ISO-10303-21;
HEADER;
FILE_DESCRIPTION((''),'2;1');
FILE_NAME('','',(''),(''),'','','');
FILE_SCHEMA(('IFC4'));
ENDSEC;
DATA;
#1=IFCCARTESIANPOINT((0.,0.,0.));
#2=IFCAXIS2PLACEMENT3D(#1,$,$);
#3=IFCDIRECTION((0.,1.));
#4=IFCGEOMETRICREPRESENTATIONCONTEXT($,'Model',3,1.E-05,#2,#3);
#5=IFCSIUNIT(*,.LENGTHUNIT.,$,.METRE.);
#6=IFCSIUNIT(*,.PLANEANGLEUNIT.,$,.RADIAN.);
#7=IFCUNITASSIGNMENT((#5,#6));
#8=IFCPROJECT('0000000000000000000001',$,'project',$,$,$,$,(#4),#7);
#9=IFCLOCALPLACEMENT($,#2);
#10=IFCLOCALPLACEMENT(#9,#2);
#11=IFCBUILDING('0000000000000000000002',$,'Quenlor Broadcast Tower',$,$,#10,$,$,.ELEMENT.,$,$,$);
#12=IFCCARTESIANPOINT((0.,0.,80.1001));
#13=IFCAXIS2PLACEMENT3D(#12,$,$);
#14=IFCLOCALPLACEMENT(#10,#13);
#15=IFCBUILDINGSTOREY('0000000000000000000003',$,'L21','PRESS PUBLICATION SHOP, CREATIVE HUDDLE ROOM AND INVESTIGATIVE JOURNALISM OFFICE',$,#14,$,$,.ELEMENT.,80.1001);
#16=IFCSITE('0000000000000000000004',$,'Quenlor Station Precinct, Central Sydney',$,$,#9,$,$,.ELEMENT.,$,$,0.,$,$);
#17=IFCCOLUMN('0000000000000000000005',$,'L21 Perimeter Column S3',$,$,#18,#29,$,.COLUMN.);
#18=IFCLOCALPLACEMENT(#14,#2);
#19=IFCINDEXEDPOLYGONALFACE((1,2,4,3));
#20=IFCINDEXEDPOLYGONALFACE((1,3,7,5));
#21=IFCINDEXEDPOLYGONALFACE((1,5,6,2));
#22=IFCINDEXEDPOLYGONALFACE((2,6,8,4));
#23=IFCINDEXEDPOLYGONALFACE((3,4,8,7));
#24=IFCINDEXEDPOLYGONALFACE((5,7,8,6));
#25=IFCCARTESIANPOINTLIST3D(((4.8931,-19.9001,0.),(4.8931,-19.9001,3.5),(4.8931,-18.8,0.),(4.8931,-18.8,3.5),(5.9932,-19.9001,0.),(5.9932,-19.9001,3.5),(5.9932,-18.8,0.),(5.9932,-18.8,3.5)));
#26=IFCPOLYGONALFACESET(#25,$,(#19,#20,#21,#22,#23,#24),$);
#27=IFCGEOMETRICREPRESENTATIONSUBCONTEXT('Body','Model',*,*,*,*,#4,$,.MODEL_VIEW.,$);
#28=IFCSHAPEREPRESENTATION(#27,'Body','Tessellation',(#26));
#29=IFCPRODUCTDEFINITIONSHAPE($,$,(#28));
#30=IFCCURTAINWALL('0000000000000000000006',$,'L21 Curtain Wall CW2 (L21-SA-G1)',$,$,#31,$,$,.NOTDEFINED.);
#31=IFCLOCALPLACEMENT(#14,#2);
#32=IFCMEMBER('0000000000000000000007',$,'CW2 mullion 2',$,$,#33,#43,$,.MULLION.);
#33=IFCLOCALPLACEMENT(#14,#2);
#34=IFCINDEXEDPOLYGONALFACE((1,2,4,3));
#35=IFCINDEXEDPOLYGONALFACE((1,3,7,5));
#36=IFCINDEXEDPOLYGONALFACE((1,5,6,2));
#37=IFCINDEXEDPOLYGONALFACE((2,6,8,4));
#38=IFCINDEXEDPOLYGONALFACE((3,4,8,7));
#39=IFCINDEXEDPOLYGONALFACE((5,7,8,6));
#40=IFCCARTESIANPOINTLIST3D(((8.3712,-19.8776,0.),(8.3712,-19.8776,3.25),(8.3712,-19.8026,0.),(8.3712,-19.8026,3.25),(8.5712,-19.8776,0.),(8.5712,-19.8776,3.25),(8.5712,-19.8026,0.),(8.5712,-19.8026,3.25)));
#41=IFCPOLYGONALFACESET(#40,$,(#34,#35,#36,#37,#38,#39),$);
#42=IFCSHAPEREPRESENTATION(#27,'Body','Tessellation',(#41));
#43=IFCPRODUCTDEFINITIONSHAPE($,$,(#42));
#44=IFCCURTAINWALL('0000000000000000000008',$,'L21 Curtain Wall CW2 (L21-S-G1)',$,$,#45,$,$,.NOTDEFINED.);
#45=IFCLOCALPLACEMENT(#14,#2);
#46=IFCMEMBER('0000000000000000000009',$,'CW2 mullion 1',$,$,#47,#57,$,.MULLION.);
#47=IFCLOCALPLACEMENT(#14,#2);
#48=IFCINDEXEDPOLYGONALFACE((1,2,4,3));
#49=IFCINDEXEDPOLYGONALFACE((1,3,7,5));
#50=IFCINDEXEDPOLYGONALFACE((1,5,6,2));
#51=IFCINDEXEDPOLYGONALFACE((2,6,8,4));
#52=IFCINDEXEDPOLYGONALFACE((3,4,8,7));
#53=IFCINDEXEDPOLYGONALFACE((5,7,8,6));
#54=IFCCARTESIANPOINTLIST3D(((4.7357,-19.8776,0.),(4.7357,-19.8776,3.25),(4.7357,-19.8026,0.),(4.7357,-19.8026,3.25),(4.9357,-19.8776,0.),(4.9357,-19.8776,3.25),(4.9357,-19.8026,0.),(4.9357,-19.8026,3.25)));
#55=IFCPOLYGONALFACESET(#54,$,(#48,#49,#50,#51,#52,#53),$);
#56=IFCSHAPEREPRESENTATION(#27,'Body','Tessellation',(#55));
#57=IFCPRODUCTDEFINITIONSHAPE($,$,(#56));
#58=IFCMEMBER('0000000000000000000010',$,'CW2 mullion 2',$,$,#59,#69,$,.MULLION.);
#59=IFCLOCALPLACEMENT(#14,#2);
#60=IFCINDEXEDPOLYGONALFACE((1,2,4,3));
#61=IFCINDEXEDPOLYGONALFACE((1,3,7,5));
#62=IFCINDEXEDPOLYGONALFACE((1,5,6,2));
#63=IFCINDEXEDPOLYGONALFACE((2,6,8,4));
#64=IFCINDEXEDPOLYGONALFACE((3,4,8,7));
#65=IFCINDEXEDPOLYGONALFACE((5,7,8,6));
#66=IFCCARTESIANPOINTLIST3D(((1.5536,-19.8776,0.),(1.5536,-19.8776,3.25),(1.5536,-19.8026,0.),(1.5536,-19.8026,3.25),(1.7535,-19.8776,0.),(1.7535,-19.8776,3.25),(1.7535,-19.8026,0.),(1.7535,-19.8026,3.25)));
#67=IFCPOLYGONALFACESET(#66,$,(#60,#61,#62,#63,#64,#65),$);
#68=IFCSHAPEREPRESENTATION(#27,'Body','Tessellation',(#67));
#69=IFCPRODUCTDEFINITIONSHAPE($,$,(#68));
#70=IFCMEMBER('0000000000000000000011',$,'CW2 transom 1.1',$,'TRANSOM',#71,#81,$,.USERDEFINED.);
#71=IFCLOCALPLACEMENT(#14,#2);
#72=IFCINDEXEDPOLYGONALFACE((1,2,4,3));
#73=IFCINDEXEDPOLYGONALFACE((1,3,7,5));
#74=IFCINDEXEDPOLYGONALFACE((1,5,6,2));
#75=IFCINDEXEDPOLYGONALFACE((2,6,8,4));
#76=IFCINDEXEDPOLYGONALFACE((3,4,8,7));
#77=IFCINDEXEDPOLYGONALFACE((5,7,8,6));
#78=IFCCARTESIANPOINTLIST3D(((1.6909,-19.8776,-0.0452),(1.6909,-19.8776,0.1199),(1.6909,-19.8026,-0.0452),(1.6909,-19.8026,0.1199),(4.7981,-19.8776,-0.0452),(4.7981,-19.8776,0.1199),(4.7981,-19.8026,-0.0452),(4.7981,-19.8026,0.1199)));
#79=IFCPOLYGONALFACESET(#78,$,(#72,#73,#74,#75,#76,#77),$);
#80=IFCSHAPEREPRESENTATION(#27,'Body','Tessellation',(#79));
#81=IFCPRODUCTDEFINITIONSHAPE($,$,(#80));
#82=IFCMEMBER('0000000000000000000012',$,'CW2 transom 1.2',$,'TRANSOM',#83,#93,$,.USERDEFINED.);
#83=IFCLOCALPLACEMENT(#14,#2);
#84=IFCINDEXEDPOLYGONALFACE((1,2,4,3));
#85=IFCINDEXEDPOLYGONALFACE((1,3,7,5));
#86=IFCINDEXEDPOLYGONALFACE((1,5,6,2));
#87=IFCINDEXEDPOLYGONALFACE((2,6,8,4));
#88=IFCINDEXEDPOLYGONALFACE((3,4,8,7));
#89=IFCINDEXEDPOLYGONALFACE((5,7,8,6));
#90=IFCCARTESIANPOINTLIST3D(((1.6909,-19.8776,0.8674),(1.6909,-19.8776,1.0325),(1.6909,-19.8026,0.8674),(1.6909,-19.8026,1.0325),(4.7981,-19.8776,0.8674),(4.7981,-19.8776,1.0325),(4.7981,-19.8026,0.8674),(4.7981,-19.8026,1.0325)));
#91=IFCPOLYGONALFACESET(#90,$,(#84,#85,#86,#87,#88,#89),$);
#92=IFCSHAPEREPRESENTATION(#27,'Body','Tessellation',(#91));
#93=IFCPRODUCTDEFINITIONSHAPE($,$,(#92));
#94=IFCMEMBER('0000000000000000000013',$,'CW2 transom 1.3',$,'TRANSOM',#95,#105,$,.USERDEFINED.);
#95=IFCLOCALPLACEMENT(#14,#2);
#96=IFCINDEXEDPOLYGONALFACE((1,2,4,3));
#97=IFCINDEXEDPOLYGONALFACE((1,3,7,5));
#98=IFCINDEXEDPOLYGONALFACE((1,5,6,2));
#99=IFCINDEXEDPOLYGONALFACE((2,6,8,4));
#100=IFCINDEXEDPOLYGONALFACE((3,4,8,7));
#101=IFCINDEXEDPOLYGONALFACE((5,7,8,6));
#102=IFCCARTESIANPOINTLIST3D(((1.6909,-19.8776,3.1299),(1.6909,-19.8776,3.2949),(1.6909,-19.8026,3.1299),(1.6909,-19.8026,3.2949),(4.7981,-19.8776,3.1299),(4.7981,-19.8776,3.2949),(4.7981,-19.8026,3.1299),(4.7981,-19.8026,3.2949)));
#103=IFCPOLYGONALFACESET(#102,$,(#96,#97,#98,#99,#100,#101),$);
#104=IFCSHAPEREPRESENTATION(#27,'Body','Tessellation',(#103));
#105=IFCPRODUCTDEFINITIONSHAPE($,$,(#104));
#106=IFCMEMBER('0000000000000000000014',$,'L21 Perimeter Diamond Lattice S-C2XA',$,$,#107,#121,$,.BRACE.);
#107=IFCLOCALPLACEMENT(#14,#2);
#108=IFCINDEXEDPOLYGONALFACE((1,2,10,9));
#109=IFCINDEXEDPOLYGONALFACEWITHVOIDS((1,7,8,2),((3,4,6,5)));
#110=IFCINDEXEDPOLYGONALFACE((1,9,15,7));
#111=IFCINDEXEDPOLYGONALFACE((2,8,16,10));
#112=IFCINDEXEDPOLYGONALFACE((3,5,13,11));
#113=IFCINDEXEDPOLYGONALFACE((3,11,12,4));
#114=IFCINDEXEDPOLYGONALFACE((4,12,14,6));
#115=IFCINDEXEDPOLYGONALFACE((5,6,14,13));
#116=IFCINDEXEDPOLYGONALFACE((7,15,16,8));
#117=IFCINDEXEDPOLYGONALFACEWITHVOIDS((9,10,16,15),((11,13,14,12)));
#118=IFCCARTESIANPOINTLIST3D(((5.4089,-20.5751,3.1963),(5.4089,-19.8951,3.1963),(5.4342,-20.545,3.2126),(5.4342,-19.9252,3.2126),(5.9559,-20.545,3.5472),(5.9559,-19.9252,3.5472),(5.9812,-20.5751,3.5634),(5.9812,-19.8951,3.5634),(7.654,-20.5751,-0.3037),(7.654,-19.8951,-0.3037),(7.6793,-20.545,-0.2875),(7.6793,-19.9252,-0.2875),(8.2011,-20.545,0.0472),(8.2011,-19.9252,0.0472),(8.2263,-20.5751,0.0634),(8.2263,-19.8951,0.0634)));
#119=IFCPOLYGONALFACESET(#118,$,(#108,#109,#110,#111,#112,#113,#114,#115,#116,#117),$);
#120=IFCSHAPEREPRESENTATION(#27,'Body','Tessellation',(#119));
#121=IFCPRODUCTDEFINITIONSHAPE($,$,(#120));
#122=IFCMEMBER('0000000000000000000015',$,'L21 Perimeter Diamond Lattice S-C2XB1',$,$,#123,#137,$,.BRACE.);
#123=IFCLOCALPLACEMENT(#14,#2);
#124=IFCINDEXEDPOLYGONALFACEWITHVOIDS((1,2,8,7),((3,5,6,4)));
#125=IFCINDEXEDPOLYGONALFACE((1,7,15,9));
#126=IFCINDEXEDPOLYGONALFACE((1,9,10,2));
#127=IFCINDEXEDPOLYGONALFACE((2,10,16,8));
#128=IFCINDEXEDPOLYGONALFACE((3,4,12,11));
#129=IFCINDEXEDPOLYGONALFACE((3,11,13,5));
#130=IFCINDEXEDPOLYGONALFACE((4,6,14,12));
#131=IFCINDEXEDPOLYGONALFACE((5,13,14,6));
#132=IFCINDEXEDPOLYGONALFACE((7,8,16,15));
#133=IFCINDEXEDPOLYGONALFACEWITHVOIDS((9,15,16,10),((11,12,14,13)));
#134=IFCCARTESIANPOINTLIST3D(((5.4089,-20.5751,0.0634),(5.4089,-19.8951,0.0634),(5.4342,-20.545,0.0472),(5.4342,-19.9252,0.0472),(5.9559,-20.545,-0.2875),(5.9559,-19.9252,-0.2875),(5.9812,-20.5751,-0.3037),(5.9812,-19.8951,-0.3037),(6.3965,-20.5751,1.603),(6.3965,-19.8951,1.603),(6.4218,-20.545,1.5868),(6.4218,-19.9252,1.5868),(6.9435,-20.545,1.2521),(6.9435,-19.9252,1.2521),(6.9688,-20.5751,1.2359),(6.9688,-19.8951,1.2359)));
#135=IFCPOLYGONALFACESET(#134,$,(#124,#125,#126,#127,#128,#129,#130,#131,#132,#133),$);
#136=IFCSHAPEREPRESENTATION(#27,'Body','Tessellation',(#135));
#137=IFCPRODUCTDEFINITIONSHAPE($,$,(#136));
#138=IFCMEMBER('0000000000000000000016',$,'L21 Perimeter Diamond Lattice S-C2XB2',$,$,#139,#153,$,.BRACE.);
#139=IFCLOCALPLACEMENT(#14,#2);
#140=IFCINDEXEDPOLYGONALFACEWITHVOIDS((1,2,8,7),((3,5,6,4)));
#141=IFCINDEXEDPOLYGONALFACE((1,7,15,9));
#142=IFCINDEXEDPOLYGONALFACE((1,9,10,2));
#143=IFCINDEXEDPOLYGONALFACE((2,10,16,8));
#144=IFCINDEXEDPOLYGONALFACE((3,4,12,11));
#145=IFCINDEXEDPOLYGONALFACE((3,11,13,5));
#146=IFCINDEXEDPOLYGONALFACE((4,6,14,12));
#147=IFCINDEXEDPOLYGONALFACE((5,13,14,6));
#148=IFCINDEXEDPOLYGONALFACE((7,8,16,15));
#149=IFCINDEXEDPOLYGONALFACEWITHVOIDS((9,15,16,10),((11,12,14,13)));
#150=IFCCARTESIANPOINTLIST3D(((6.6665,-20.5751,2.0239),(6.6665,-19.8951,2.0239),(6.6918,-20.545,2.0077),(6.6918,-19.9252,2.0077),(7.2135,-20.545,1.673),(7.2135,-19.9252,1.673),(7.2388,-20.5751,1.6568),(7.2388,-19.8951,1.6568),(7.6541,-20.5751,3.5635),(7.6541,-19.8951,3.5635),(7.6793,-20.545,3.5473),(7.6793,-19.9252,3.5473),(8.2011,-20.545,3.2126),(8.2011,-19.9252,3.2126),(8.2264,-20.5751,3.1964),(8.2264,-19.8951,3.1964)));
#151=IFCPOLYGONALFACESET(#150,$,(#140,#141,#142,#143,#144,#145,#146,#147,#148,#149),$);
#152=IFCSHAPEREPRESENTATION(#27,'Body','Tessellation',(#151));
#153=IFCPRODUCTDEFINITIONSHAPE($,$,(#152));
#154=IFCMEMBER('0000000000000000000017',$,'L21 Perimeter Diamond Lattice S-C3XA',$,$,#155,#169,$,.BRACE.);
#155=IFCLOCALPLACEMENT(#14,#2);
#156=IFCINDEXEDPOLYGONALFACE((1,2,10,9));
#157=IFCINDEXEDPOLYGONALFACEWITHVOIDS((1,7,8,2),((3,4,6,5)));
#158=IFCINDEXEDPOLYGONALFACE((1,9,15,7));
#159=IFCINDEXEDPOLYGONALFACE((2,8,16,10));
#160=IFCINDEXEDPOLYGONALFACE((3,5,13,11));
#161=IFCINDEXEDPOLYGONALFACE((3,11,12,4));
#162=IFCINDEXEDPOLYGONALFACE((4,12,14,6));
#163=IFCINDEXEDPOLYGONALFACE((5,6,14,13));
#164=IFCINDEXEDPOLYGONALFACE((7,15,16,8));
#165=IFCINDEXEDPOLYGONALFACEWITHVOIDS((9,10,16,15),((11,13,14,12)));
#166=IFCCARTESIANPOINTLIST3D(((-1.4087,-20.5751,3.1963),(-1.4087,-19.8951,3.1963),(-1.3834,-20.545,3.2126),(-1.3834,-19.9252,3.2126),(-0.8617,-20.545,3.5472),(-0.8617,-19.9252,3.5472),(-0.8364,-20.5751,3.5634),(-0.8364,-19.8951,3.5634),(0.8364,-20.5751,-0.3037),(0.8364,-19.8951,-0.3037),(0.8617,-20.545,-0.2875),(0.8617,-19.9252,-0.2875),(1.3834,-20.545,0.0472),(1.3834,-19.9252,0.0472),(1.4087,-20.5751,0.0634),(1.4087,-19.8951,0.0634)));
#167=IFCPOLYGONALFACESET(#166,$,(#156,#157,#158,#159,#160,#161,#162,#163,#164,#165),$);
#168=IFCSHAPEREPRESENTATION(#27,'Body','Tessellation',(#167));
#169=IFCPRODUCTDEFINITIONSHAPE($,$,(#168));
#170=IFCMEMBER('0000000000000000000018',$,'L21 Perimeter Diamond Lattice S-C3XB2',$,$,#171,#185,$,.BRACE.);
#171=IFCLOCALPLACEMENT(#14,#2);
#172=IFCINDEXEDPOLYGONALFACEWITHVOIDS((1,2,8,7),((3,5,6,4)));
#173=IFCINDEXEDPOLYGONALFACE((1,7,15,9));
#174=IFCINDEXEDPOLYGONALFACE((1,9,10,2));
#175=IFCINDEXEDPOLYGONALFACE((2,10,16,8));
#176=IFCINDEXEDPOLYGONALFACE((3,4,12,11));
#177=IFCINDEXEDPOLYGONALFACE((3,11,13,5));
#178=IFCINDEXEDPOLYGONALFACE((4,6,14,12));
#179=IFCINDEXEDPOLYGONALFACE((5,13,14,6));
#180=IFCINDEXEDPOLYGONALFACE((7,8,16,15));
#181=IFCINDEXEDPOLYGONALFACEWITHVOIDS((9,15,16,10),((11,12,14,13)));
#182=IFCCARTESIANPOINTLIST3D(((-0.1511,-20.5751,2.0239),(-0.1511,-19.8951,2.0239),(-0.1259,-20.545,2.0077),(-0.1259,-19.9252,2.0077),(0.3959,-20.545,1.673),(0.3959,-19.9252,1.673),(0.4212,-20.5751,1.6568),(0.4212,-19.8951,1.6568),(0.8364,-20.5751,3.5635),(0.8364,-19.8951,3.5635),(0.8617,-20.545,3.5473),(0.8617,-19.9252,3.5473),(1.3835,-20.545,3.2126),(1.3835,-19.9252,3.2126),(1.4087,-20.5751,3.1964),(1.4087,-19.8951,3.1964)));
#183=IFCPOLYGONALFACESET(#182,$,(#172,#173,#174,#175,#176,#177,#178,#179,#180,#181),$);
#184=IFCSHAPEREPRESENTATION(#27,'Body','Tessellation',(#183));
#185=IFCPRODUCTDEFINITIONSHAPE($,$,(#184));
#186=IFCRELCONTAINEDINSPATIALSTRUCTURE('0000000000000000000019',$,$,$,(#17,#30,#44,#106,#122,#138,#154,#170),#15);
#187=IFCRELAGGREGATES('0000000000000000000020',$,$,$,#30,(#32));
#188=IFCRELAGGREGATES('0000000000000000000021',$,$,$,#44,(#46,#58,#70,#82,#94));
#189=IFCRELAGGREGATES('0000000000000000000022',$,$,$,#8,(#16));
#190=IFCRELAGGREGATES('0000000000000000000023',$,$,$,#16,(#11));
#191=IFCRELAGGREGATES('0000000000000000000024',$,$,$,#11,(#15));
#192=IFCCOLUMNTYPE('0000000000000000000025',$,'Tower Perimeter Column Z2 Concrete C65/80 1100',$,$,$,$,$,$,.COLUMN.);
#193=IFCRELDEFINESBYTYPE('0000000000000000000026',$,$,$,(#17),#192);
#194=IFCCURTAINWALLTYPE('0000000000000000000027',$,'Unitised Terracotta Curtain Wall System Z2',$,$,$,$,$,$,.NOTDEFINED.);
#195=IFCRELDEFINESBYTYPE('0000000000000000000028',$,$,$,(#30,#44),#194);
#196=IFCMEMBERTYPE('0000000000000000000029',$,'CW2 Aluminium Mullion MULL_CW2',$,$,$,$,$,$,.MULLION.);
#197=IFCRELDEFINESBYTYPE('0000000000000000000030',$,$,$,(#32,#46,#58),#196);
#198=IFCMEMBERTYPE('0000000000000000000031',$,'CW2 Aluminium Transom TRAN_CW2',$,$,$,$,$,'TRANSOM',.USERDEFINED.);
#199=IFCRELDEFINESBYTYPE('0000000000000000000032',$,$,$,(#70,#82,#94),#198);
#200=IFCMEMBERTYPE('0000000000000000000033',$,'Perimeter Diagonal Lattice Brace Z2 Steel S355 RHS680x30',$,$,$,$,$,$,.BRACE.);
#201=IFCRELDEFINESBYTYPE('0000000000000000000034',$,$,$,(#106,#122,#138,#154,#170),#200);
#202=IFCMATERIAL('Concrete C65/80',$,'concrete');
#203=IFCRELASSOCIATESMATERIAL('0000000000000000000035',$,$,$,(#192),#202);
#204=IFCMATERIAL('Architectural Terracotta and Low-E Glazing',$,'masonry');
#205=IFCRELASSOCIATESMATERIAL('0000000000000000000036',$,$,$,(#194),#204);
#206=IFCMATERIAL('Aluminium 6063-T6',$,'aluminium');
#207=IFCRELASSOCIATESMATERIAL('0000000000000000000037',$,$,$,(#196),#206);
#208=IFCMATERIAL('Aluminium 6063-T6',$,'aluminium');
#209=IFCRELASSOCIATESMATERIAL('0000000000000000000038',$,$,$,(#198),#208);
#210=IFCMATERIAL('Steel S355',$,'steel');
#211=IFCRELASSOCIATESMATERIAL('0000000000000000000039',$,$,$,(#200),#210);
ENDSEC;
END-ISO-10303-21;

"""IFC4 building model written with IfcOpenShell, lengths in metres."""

from ifc_helpers import new_model, si_unit, direction, frame, origin, origin_2d, place, context, subcontext, project, spatial, rectangle, hollow_rectangle, extrude, material, material_profile, profile_set, type_object, element, aggregate, save


model = new_model("IFC4")

# Units and contexts
model_context = context("Model", 3, precision=1e-05, world=origin(), true_north=direction((0.0, 1.0)))
body_context = subcontext(model_context, "Body", "Model", "MODEL_VIEW")
ifc_project = project(units=[si_unit("LENGTHUNIT", "METRE"), si_unit("PLANEANGLEUNIT", "RADIAN")], contexts=[model_context])

# Site, building, storey
site_placement = place(None, origin())
site = spatial("IfcSite", under=ifc_project, at=site_placement, Name="Quenlor Station Precinct, Central Sydney", CompositionType="ELEMENT", RefElevation=0.0)
building_placement = place(site_placement, origin())
building = spatial("IfcBuilding", under=site, at=building_placement, Name="Quenlor Broadcast Tower", CompositionType="ELEMENT")
storey_placement = place(building_placement, frame((0.0, 0.0, 80.1001)))
storey = spatial("IfcBuildingStorey", under=building, at=storey_placement, Name="L21", Description="PRESS PUBLICATION SHOP, CREATIVE HUDDLE ROOM AND INVESTIGATIVE JOURNALISM OFFICE", CompositionType="ELEMENT", Elevation=80.1001)

# Column
ifc_material_1 = material(Name="Concrete C65/80", Category="concrete")
ifc_material_profile_1 = material_profile(ifc_material_1, rectangle(XDim=1.1001, YDim=1.1001, at=origin_2d()))
ifc_profile_set_1 = profile_set([ifc_material_profile_1], Name="Concrete C65/80 RC1100x1100")
column_type = type_object("IfcColumnType", Name="Tower Perimeter Column Z2 Concrete C65/80 1100", PredefinedType="COLUMN", material=ifc_profile_set_1)
column_placement = place(storey_placement, frame((5.4431, -19.3501, 0.0), z_axis=(0.0, 0.0, 1.0), x_axis=(0.0, 1.0, 0.0)))
element("IfcColumn", 1, at=column_placement, inside=storey, type_object=column_type, Name="L21 Perimeter Column S3", PredefinedType="COLUMN", context=body_context, shape_type="SweptSolid", body=[
    extrude(rectangle(XDim=1.1001, YDim=1.1001, at=origin_2d()), origin(), (0.0, 0.0, 1.0), 3.5),
])

# Curtain wall, member
ifc_material_2 = material(Name="Architectural Terracotta and Low-E Glazing", Category="masonry")
curtain_wall_type = type_object("IfcCurtainWallType", Name="Unitised Terracotta Curtain Wall System Z2", PredefinedType="NOTDEFINED", material=ifc_material_2)
curtain_wall_1_placement = place(storey_placement, origin())
curtain_wall_1 = element("IfcCurtainWall", 2, at=curtain_wall_1_placement, inside=storey, type_object=curtain_wall_type, Name="L21 Curtain Wall CW2 (L21-SA-G1)", PredefinedType="NOTDEFINED")
ifc_material_3 = material(Name="Aluminium 6063-T6", Category="aluminium")
ifc_material_profile_2 = material_profile(ifc_material_3, rectangle(XDim=0.075, YDim=0.2, at=origin_2d()))
ifc_profile_set_2 = profile_set([ifc_material_profile_2], Name="Aluminium 6063-T6 MULL75x200")
member_type_1 = type_object("IfcMemberType", Name="CW2 Aluminium Mullion MULL_CW2", PredefinedType="MULLION", material=ifc_profile_set_2)
member_1_placement = place(storey_placement, frame((8.4712, -19.8401, 0.0), z_axis=(0.0, 0.0, 1.0), x_axis=(0.0, -1.0, 0.0)))
member_1 = element("IfcMember", 3, at=member_1_placement, type_object=member_type_1, Name="CW2 mullion 2", PredefinedType="MULLION", context=body_context, shape_type="SweptSolid", body=[
    extrude(rectangle(XDim=0.075, YDim=0.2, at=origin_2d()), origin(), (0.0, 0.0, 1.0), 3.25),
])

# Curtain wall, members
curtain_wall_2_placement = place(storey_placement, origin())
curtain_wall_2 = element("IfcCurtainWall", 4, at=curtain_wall_2_placement, inside=storey, type_object=curtain_wall_type, Name="L21 Curtain Wall CW2 (L21-S-G1)", PredefinedType="NOTDEFINED")
member_2_placement = place(storey_placement, frame((4.8357, -19.8401, 0.0), z_axis=(0.0, 0.0, 1.0), x_axis=(0.0, -1.0, 0.0)))
member_2 = element("IfcMember", 5, at=member_2_placement, type_object=member_type_1, Name="CW2 mullion 1", PredefinedType="MULLION", context=body_context, shape_type="SweptSolid", body=[
    extrude(rectangle(XDim=0.075, YDim=0.2, at=origin_2d()), origin(), (0.0, 0.0, 1.0), 3.25),
])
member_3_placement = place(storey_placement, frame((1.6536, -19.8401, 0.0), z_axis=(0.0, 0.0, 1.0), x_axis=(0.0, -1.0, 0.0)))
member_3 = element("IfcMember", 6, at=member_3_placement, type_object=member_type_1, Name="CW2 mullion 2", PredefinedType="MULLION", context=body_context, shape_type="SweptSolid", body=[
    extrude(rectangle(XDim=0.075, YDim=0.2, at=origin_2d()), origin(), (0.0, 0.0, 1.0), 3.25),
])
ifc_material_4 = material(Name="Aluminium 6063-T6", Category="aluminium")
ifc_material_profile_3 = material_profile(ifc_material_4, rectangle(XDim=0.075, YDim=0.165, at=origin_2d()))
ifc_profile_set_3 = profile_set([ifc_material_profile_3], Name="Aluminium 6063-T6 TRAN75x165")
member_type_2 = type_object("IfcMemberType", Name="CW2 Aluminium Transom TRAN_CW2", ElementType="TRANSOM", PredefinedType="USERDEFINED", material=ifc_profile_set_3)
member_4_placement = place(storey_placement, frame((4.7981, -19.8401, 0.0374), z_axis=(-1.0, 0.0, 0.0), x_axis=(0.0, -1.0, 0.0)))
member_4 = element("IfcMember", 7, at=member_4_placement, type_object=member_type_2, Name="CW2 transom 1.1", ObjectType="TRANSOM", PredefinedType="USERDEFINED", context=body_context, shape_type="SweptSolid", body=[
    extrude(rectangle(XDim=0.075, YDim=0.165, at=origin_2d()), origin(), (0.0, 0.0, 1.0), 3.1072),
])
member_5_placement = place(storey_placement, frame((4.7981, -19.8401, 0.95), z_axis=(-1.0, 0.0, 0.0), x_axis=(0.0, -1.0, 0.0)))
member_5 = element("IfcMember", 8, at=member_5_placement, type_object=member_type_2, Name="CW2 transom 1.2", ObjectType="TRANSOM", PredefinedType="USERDEFINED", context=body_context, shape_type="SweptSolid", body=[
    extrude(rectangle(XDim=0.075, YDim=0.165, at=origin_2d()), origin(), (0.0, 0.0, 1.0), 3.1072),
])
member_6_placement = place(storey_placement, frame((4.7981, -19.8401, 3.2124), z_axis=(-1.0, 0.0, 0.0), x_axis=(0.0, -1.0, 0.0)))
member_6 = element("IfcMember", 9, at=member_6_placement, type_object=member_type_2, Name="CW2 transom 1.3", ObjectType="TRANSOM", PredefinedType="USERDEFINED", context=body_context, shape_type="SweptSolid", body=[
    extrude(rectangle(XDim=0.075, YDim=0.165, at=origin_2d()), origin(), (0.0, 0.0, 1.0), 3.1072),
])

# Members
ifc_material_5 = material(Name="Steel S355", Category="steel")
ifc_material_profile_4 = material_profile(ifc_material_5, hollow_rectangle(XDim=0.6799, YDim=0.6799, WallThickness=0.03, at=origin_2d()))
ifc_profile_set_4 = profile_set([ifc_material_profile_4], Name="Steel S355 RHS680x680x30")
member_type_3 = type_object("IfcMemberType", Name="Perimeter Diagonal Lattice Brace Z2 Steel S355 RHS680x30", PredefinedType="BRACE", material=ifc_profile_set_4)
member_7_placement = place(storey_placement, frame((7.9402, -20.2351, -0.1201), z_axis=(-0.539926, 0.0, 0.841712), x_axis=(0.0, -1.0, 0.0)))
element("IfcMember", 10, at=member_7_placement, inside=storey, type_object=member_type_3, Name="L21 Perimeter Diamond Lattice S-C2XA", PredefinedType="BRACE", context=body_context, shape_type="SweptSolid", body=[
    extrude(hollow_rectangle(XDim=0.6799, YDim=0.6799, WallThickness=0.03, at=origin_2d()), origin(), (0.0, 0.0, 1.0), 4.1582),
])
for number, where, z_axis, x_axis, name in (
    (11, (5.6951, -20.2351, -0.1201), (0.539921, 0.0, 0.841716), (0.0, 1.0, 0.0), "L21 Perimeter Diamond Lattice S-C2XB1"),
    (12, (6.9526, -20.2351, 1.8403), (0.539921, 0.0, 0.841716), (0.0, 1.0, 0.0), "L21 Perimeter Diamond Lattice S-C2XB2"),
):
    element("IfcMember", number, at=place(storey_placement, frame(where, z_axis=z_axis, x_axis=x_axis)), inside=storey, type_object=member_type_3, Name=name, PredefinedType="BRACE", context=body_context, shape_type="SweptSolid", body=[
        extrude(hollow_rectangle(XDim=0.6799, YDim=0.6799, WallThickness=0.03, at=origin_2d()), origin(), (0.0, 0.0, 1.0), 1.8291),
    ])
member_8_placement = place(storey_placement, frame((1.1226, -20.2351, -0.1201), z_axis=(-0.539926, 0.0, 0.841712), x_axis=(0.0, -1.0, 0.0)))
element("IfcMember", 13, at=member_8_placement, inside=storey, type_object=member_type_3, Name="L21 Perimeter Diamond Lattice S-C3XA", PredefinedType="BRACE", context=body_context, shape_type="SweptSolid", body=[
    extrude(hollow_rectangle(XDim=0.6799, YDim=0.6799, WallThickness=0.03, at=origin_2d()), origin(), (0.0, 0.0, 1.0), 4.1582),
])
member_9_placement = place(storey_placement, frame((0.135, -20.2351, 1.8403), z_axis=(0.539921, 0.0, 0.841716), x_axis=(0.0, 1.0, 0.0)))
element("IfcMember", 14, at=member_9_placement, inside=storey, type_object=member_type_3, Name="L21 Perimeter Diamond Lattice S-C3XB2", PredefinedType="BRACE", context=body_context, shape_type="SweptSolid", body=[
    extrude(hollow_rectangle(XDim=0.6799, YDim=0.6799, WallThickness=0.03, at=origin_2d()), origin(), (0.0, 0.0, 1.0), 1.8291),
])

aggregate(curtain_wall_1, [member_1])
aggregate(curtain_wall_2, [member_2, member_3, member_4, member_5, member_6])

save(model, "model.ifc")
